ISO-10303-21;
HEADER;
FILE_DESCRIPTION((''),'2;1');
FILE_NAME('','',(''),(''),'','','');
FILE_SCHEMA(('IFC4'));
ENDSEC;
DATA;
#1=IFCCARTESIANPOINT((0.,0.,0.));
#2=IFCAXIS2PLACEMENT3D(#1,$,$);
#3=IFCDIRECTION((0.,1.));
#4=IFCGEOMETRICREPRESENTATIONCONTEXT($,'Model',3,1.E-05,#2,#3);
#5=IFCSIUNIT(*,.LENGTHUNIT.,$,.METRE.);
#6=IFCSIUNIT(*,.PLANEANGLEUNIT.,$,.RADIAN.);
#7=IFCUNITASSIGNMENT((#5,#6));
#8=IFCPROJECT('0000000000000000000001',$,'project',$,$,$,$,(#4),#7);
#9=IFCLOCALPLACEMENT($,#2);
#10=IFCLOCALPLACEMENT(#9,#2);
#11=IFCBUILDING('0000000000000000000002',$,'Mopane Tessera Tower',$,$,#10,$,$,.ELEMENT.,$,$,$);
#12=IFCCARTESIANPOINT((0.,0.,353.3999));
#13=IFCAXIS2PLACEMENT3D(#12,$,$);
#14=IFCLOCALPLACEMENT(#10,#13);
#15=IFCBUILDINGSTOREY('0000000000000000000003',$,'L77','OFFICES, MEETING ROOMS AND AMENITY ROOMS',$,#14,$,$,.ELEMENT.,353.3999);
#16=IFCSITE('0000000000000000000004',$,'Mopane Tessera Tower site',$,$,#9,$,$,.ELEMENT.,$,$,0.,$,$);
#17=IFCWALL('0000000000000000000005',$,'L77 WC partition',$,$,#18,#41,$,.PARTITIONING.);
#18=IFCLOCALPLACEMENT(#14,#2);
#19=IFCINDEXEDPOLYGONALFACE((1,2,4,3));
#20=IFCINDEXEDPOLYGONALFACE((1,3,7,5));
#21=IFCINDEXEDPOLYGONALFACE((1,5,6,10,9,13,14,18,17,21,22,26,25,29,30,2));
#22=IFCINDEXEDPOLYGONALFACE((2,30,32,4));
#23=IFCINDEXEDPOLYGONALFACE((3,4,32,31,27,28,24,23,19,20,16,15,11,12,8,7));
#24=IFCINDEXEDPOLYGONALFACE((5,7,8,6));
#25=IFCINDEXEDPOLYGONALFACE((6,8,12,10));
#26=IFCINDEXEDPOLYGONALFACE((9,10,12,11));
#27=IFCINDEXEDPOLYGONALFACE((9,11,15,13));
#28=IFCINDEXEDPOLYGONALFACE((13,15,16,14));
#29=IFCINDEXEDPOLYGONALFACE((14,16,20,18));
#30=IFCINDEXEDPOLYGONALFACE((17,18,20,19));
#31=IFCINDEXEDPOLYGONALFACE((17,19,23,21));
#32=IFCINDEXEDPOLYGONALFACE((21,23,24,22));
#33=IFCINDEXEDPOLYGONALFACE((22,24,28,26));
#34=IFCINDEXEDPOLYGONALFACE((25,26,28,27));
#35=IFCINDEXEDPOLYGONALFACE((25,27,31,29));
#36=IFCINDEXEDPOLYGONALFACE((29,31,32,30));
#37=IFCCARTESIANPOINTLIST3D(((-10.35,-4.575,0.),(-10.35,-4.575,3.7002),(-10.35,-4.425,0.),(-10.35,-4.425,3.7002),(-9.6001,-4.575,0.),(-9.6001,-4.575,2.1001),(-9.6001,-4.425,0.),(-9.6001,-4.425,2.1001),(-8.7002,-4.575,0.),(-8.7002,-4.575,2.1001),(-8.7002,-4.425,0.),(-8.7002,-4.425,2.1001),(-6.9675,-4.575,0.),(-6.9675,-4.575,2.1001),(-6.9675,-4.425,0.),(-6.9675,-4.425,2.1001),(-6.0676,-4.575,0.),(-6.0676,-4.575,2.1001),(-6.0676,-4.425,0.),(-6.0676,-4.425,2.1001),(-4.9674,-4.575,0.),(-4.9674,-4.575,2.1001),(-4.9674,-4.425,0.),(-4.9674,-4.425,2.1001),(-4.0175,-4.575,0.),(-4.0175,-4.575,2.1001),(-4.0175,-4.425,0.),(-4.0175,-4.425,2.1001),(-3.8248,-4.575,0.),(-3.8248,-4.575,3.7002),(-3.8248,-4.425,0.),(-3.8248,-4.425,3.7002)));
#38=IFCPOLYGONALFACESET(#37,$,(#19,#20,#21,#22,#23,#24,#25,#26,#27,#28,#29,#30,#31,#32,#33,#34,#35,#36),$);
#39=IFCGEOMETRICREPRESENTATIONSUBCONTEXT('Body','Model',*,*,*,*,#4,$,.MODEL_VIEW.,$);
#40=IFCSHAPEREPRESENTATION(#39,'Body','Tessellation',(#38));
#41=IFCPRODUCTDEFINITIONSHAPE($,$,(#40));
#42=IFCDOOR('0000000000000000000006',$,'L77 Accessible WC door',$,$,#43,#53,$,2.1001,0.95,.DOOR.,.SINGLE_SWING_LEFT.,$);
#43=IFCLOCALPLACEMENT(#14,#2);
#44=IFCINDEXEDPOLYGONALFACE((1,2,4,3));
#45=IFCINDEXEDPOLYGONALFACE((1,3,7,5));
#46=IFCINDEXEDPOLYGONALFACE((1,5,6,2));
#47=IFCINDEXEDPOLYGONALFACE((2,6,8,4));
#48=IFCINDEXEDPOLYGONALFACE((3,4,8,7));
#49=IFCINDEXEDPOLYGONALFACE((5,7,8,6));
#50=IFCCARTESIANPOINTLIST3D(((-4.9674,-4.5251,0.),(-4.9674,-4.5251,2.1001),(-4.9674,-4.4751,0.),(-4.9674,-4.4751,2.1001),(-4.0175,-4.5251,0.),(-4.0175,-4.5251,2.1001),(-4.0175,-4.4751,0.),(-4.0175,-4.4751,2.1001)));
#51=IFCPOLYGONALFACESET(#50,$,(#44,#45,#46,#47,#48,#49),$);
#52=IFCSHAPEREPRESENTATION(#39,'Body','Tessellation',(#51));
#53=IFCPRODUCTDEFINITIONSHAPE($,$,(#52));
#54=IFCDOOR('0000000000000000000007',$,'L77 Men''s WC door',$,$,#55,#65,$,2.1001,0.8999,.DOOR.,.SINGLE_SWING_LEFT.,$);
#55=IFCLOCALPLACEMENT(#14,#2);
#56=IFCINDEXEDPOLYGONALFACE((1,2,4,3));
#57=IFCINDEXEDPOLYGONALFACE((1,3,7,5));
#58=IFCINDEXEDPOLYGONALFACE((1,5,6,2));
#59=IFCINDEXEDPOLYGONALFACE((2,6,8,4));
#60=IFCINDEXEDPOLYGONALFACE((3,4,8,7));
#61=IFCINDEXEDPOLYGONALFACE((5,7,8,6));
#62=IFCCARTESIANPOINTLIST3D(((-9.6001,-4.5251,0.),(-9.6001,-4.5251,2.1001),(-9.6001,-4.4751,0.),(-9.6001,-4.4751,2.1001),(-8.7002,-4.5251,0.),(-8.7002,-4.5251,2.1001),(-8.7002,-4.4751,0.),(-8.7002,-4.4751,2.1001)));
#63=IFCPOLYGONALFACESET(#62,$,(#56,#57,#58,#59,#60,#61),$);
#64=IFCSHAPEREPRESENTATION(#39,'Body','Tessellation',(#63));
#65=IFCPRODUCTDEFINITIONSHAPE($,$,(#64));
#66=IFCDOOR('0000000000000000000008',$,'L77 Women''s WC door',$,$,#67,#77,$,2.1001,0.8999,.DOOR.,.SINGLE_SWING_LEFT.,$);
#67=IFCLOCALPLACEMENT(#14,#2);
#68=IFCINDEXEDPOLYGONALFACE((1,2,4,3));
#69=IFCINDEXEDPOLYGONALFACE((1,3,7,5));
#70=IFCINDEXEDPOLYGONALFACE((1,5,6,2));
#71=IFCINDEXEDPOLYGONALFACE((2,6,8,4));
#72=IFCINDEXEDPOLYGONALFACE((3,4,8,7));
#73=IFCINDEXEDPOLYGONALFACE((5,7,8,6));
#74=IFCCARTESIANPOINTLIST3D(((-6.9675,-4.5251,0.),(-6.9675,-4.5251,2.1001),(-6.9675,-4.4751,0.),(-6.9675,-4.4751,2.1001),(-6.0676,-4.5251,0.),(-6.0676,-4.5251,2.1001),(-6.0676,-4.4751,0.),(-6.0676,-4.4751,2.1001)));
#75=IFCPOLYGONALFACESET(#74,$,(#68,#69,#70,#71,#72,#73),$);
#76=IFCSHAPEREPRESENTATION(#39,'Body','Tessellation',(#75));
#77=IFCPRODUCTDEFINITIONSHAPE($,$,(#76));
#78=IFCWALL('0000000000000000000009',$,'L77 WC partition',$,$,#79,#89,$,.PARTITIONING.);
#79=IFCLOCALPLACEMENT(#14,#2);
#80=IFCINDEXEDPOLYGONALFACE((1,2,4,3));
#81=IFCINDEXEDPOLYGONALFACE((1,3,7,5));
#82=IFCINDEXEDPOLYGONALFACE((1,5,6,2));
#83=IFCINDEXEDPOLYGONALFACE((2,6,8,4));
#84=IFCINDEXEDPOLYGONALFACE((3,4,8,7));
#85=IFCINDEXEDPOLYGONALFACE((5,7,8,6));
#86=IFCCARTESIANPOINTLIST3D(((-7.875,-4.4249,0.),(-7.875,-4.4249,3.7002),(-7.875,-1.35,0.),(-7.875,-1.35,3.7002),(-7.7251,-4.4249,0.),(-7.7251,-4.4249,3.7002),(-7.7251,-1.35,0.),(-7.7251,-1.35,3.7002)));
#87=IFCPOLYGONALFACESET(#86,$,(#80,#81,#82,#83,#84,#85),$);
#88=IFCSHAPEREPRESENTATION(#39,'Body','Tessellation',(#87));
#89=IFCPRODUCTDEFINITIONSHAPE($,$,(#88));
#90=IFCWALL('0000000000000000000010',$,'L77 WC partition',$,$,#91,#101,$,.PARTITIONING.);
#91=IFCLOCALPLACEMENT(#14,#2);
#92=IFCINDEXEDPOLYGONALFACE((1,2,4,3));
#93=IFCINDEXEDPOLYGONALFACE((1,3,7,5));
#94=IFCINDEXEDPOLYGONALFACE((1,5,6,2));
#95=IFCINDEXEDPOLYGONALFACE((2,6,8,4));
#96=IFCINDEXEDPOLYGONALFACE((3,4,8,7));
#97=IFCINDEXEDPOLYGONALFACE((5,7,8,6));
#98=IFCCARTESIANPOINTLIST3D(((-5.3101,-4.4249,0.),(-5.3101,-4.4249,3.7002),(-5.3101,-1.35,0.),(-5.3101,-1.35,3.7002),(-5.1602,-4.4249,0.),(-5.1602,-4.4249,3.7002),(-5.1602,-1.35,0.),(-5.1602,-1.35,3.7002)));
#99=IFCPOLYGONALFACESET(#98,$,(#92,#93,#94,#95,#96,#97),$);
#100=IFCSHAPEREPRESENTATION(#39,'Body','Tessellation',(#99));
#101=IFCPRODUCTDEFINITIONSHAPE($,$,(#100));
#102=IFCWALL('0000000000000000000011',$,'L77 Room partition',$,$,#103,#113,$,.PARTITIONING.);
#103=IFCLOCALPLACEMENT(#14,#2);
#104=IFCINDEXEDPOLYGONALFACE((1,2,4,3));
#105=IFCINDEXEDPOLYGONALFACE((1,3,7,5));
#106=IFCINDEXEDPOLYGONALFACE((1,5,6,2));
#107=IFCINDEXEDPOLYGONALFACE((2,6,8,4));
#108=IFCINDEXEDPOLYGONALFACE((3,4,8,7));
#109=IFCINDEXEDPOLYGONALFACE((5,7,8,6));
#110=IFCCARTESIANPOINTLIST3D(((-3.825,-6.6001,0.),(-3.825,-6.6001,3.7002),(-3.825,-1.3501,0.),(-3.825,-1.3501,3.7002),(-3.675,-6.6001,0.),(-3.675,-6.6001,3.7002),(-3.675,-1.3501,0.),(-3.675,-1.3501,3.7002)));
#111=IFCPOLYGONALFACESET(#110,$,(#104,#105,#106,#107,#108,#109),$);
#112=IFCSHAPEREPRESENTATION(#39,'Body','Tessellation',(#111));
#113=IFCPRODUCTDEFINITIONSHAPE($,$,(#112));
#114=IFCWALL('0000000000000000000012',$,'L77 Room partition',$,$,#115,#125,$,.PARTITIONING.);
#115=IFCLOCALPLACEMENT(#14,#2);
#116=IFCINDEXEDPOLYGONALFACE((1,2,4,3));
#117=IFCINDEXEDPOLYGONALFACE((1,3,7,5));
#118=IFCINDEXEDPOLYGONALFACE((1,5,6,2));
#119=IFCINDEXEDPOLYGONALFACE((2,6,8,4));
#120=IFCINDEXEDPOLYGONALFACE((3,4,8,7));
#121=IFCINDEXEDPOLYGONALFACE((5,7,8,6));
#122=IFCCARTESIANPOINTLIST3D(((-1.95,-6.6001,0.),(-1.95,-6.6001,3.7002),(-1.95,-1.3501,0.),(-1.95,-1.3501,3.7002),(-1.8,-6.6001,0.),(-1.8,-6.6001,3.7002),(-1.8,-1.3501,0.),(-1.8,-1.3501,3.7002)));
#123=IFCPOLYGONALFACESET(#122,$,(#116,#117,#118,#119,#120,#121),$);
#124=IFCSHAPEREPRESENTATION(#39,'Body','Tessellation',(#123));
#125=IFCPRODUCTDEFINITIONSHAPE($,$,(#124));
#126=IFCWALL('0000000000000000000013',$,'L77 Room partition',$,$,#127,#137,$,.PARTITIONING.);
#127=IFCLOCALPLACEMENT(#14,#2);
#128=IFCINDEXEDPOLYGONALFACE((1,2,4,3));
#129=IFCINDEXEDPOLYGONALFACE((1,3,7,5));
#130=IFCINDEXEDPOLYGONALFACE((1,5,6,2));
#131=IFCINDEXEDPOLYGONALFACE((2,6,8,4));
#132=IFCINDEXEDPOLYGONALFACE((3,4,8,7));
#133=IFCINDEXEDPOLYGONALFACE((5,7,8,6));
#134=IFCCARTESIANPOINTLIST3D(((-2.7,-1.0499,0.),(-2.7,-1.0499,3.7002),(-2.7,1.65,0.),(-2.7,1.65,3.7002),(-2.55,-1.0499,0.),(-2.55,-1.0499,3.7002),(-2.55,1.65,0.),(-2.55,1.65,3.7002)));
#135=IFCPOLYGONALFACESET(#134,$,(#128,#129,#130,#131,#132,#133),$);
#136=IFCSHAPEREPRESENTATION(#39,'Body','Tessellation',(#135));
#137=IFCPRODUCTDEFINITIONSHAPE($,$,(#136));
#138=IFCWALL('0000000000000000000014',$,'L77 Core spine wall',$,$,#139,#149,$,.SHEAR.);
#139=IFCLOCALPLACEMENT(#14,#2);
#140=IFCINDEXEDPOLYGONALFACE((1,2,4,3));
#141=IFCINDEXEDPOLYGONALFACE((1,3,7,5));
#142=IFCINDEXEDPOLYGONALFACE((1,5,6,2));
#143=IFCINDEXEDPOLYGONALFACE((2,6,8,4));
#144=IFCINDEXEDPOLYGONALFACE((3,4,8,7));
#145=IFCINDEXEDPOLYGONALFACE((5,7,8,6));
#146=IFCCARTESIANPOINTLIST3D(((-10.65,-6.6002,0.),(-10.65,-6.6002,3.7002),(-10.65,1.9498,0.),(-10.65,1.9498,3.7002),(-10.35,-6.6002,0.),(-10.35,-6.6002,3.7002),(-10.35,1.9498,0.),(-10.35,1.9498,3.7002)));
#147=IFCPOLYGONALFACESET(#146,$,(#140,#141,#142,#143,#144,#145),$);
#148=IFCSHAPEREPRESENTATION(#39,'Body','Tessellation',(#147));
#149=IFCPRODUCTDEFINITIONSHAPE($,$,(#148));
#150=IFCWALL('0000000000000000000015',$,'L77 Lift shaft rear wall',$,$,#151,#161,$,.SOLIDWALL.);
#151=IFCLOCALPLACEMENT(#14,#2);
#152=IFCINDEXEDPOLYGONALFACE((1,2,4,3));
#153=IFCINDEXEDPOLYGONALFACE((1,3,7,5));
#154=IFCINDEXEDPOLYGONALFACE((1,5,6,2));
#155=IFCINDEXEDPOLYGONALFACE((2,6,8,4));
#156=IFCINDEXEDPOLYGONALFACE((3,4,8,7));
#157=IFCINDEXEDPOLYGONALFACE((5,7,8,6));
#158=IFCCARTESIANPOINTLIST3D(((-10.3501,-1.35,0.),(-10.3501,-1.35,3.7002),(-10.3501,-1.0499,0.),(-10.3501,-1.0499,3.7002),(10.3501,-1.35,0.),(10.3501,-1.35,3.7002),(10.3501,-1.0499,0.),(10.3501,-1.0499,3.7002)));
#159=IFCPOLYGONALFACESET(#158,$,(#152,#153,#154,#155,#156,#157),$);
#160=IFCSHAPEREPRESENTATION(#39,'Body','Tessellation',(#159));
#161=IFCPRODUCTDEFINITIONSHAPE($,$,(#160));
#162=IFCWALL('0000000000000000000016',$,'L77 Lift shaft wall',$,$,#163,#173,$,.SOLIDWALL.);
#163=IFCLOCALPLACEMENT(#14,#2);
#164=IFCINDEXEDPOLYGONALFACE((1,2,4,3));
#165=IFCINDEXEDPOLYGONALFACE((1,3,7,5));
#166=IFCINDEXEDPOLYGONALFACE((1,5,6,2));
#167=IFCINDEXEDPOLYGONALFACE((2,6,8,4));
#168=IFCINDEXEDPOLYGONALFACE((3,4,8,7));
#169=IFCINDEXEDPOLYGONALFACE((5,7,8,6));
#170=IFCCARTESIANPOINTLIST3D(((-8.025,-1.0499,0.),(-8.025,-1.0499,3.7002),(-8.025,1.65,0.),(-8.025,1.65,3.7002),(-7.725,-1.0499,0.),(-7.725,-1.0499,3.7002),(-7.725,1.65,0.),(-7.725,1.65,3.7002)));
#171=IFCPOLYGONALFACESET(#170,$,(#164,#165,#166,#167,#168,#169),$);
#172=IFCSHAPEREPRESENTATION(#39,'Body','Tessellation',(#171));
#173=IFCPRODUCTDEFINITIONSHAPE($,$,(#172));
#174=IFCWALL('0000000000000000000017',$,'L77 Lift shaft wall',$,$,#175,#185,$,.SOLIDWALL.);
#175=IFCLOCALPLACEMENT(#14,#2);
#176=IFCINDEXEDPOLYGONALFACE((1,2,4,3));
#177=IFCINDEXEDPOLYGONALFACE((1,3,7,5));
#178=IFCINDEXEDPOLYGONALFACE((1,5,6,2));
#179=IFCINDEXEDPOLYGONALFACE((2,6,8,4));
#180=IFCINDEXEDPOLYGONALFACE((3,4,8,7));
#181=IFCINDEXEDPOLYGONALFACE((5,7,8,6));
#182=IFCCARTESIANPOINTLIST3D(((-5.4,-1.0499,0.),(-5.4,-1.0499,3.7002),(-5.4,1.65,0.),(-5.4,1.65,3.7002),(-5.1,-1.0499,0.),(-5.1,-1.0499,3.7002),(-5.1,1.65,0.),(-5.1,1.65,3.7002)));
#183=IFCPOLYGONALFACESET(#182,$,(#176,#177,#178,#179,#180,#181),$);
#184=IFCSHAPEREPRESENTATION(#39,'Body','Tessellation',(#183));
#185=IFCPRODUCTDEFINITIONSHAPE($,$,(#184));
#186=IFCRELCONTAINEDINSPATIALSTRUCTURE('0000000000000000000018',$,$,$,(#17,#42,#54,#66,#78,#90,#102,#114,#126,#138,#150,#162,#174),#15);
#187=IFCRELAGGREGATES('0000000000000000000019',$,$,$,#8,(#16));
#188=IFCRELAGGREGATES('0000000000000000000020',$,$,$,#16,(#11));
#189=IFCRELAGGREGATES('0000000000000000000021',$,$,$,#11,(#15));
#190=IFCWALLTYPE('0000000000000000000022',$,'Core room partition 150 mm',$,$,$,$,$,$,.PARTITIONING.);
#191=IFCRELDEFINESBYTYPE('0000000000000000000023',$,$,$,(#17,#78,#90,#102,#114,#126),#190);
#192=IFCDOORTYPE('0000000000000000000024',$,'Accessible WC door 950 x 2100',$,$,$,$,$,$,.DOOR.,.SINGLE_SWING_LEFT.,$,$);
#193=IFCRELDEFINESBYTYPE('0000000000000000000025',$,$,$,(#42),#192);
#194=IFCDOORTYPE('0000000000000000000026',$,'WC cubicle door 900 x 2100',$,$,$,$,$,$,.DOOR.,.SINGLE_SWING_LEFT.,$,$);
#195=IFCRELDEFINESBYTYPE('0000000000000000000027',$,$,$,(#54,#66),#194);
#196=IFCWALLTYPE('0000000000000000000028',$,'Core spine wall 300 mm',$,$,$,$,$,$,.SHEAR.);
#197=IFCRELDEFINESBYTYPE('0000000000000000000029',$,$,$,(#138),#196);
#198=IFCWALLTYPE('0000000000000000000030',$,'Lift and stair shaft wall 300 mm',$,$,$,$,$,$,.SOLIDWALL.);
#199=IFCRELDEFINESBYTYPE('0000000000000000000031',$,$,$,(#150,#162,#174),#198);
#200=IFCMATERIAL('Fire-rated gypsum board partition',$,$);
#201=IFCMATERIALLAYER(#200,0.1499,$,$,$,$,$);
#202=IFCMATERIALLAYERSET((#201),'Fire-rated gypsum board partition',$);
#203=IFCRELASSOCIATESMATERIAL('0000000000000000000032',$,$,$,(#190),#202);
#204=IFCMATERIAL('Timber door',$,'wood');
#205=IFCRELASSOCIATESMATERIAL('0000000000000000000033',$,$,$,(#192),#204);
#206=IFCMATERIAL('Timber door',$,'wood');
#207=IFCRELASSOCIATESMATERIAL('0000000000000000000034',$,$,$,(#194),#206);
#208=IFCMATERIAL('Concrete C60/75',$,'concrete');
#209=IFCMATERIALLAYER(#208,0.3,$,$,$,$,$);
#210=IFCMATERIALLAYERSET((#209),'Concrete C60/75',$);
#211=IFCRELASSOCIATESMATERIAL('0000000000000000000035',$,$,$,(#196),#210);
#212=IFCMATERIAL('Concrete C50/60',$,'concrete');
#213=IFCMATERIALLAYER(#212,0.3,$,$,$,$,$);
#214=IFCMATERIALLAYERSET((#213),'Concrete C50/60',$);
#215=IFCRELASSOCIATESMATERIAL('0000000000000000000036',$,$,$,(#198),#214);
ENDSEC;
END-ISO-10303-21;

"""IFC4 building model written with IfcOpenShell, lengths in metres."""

from ifc_helpers import new_model, si_unit, direction, frame, frame_2d, origin, place, context, subcontext, project, spatial, rectangle, extrude, material, layer, layer_set, type_object, element, fill, save


model = new_model("IFC4")

# Units and contexts
model_context = context("Model", 3, precision=1e-05, world=origin(), true_north=direction((0.0, 1.0)))
body_context = subcontext(model_context, "Body", "Model", "MODEL_VIEW")
ifc_project = project(units=[si_unit("LENGTHUNIT", "METRE"), si_unit("PLANEANGLEUNIT", "RADIAN")], contexts=[model_context])

# Site, building, storey
site_placement = place(None, origin())
site = spatial("IfcSite", under=ifc_project, at=site_placement, Name="Mopane Tessera Tower site", CompositionType="ELEMENT", RefElevation=0.0)
building_placement = place(site_placement, origin())
building = spatial("IfcBuilding", under=site, at=building_placement, Name="Mopane Tessera Tower", CompositionType="ELEMENT")
storey_placement = place(building_placement, frame((0.0, 0.0, 353.3999)))
storey = spatial("IfcBuildingStorey", under=building, at=storey_placement, Name="L77", Description="OFFICES, MEETING ROOMS AND AMENITY ROOMS", CompositionType="ELEMENT", Elevation=353.3999)

# Wall, openings, doors
ifc_material_1 = material(Name="Fire-rated gypsum board partition")
ifc_layer_1 = layer(ifc_material_1, 0.1499)
ifc_layer_set_1 = layer_set([ifc_layer_1], Name="Fire-rated gypsum board partition")
wall_type_1 = type_object("IfcWallType", Name="Core room partition 150 mm", PredefinedType="PARTITIONING", material=ifc_layer_set_1)
wall_1_placement = place(storey_placement, frame((-10.3501, -4.5, 0.0), z_axis=(0.0, 0.0, 1.0), x_axis=(1.0, 0.0, 0.0)))
wall_1 = element("IfcWall", 1, at=wall_1_placement, inside=storey, type_object=wall_type_1, Name="L77 WC partition", PredefinedType="PARTITIONING", context=body_context, shape_type="SweptSolid", body=[
    extrude(rectangle(XDim=6.5251, YDim=0.1499, at=frame_2d((3.2627, 0.0))), origin(), (0.0, 0.0, 1.0), 3.7002),
])
opening_1_placement = place(wall_1_placement, frame((0.75, 0.0, 0.0)))
opening_1 = element("IfcOpeningElement", 2, at=opening_1_placement, cuts=wall_1, PredefinedType="OPENING", context=body_context, shape_type="SweptSolid", body=[
    extrude(rectangle(XDim=0.8999, YDim=2.1001, at=frame_2d((0.45, 1.05))), frame((0.0, 0.0869, 0.0), z_axis=(0.0, -1.0, 0.0), x_axis=(1.0, 0.0, 0.0)), (0.0, 0.0, 1.0), 0.1738),
])
opening_2_placement = place(wall_1_placement, frame((3.3826, 0.0, 0.0)))
opening_2 = element("IfcOpeningElement", 3, at=opening_2_placement, cuts=wall_1, PredefinedType="OPENING", context=body_context, shape_type="SweptSolid", body=[
    extrude(rectangle(XDim=0.8999, YDim=2.1001, at=frame_2d((0.45, 1.05))), frame((0.0, 0.0869, 0.0), z_axis=(0.0, -1.0, 0.0), x_axis=(1.0, 0.0, 0.0)), (0.0, 0.0, 1.0), 0.1738),
])
opening_3_placement = place(wall_1_placement, frame((5.3826, 0.0, 0.0)))
opening_3 = element("IfcOpeningElement", 4, at=opening_3_placement, cuts=wall_1, PredefinedType="OPENING", context=body_context, shape_type="SweptSolid", body=[
    extrude(rectangle(XDim=0.95, YDim=2.1001, at=frame_2d((0.4751, 1.05))), frame((0.0, 0.0869, 0.0), z_axis=(0.0, -1.0, 0.0), x_axis=(1.0, 0.0, 0.0)), (0.0, 0.0, 1.0), 0.1738),
])
ifc_material_2 = material(Name="Timber door", Category="wood")
door_type_1 = type_object("IfcDoorType", Name="Accessible WC door 950 x 2100", OperationType="SINGLE_SWING_LEFT", PredefinedType="DOOR", material=ifc_material_2)
door_1_placement = place(opening_3_placement, origin())
door_1 = element("IfcDoor", 5, at=door_1_placement, inside=storey, type_object=door_type_1, Name="L77 Accessible WC door", OperationType="SINGLE_SWING_LEFT", OverallHeight=2.1001, OverallWidth=0.95, PredefinedType="DOOR", context=body_context, shape_type="SweptSolid", body=[
    extrude(rectangle(XDim=0.95, YDim=2.1001, at=frame_2d((0.4751, 1.05))), frame((0.0, 0.0249, 0.0), z_axis=(0.0, -1.0, 0.0), x_axis=(1.0, 0.0, 0.0)), (0.0, 0.0, 1.0), 0.05),
])
fill(opening_3, door_1)
ifc_material_3 = material(Name="Timber door", Category="wood")
door_type_2 = type_object("IfcDoorType", Name="WC cubicle door 900 x 2100", OperationType="SINGLE_SWING_LEFT", PredefinedType="DOOR", material=ifc_material_3)
door_2_placement = place(opening_1_placement, origin())
door_2 = element("IfcDoor", 6, at=door_2_placement, inside=storey, type_object=door_type_2, Name="L77 Men's WC door", OperationType="SINGLE_SWING_LEFT", OverallHeight=2.1001, OverallWidth=0.8999, PredefinedType="DOOR", context=body_context, shape_type="SweptSolid", body=[
    extrude(rectangle(XDim=0.8999, YDim=2.1001, at=frame_2d((0.45, 1.05))), frame((0.0, 0.0249, 0.0), z_axis=(0.0, -1.0, 0.0), x_axis=(1.0, 0.0, 0.0)), (0.0, 0.0, 1.0), 0.05),
])
fill(opening_1, door_2)
door_3_placement = place(opening_2_placement, origin())
door_3 = element("IfcDoor", 7, at=door_3_placement, inside=storey, type_object=door_type_2, Name="L77 Women's WC door", OperationType="SINGLE_SWING_LEFT", OverallHeight=2.1001, OverallWidth=0.8999, PredefinedType="DOOR", context=body_context, shape_type="SweptSolid", body=[
    extrude(rectangle(XDim=0.8999, YDim=2.1001, at=frame_2d((0.45, 1.05))), frame((0.0, 0.0249, 0.0), z_axis=(0.0, -1.0, 0.0), x_axis=(1.0, 0.0, 0.0)), (0.0, 0.0, 1.0), 0.05),
])
fill(opening_2, door_3)

# Walls
for number, where, z_axis, x_axis, name in (
    (8, (-7.8, -4.425, 0.0), (0.0, 0.0, 1.0), (0.0, 1.0, 0.0), "L77 WC partition"),
    (9, (-5.2351, -4.425, 0.0), (0.0, 0.0, 1.0), (0.0, 1.0, 0.0), "L77 WC partition"),
):
    element("IfcWall", number, at=place(storey_placement, frame(where, z_axis=z_axis, x_axis=x_axis)), inside=storey, type_object=wall_type_1, Name=name, PredefinedType="PARTITIONING", context=body_context, shape_type="SweptSolid", body=[
        extrude(rectangle(XDim=3.075, YDim=0.1499, at=frame_2d((1.5376, 0.0))), origin(), (0.0, 0.0, 1.0), 3.7002),
    ])
for number, where, z_axis, x_axis, name in (
    (10, (-3.75, -6.6001, 0.0), (0.0, 0.0, 1.0), (0.0, 1.0, 0.0), "L77 Room partition"),
    (11, (-1.875, -6.6001, 0.0), (0.0, 0.0, 1.0), (0.0, 1.0, 0.0), "L77 Room partition"),
):
    element("IfcWall", number, at=place(storey_placement, frame(where, z_axis=z_axis, x_axis=x_axis)), inside=storey, type_object=wall_type_1, Name=name, PredefinedType="PARTITIONING", context=body_context, shape_type="SweptSolid", body=[
        extrude(rectangle(XDim=5.25, YDim=0.1499, at=frame_2d((2.625, 0.0))), origin(), (0.0, 0.0, 1.0), 3.7002),
    ])
wall_2_placement = place(storey_placement, frame((-2.625, -1.05, 0.0), z_axis=(0.0, 0.0, 1.0), x_axis=(0.0, 1.0, 0.0)))
element("IfcWall", 12, at=wall_2_placement, inside=storey, type_object=wall_type_1, Name="L77 Room partition", PredefinedType="PARTITIONING", context=body_context, shape_type="SweptSolid", body=[
    extrude(rectangle(XDim=2.7, YDim=0.1499, at=frame_2d((1.3501, 0.0))), origin(), (0.0, 0.0, 1.0), 3.7002),
])
ifc_material_4 = material(Name="Concrete C60/75", Category="concrete")
ifc_layer_2 = layer(ifc_material_4, 0.3)
ifc_layer_set_2 = layer_set([ifc_layer_2], Name="Concrete C60/75")
wall_type_2 = type_object("IfcWallType", Name="Core spine wall 300 mm", PredefinedType="SHEAR", material=ifc_layer_set_2)
wall_3_placement = place(storey_placement, frame((-10.5, -6.6001, 0.0), z_axis=(0.0, 0.0, 1.0), x_axis=(0.0, 1.0, 0.0)))
element("IfcWall", 13, at=wall_3_placement, inside=storey, type_object=wall_type_2, Name="L77 Core spine wall", PredefinedType="SHEAR", context=body_context, shape_type="SweptSolid", body=[
    extrude(rectangle(XDim=8.55, YDim=0.3, at=frame_2d((4.2749, 0.0))), origin(), (0.0, 0.0, 1.0), 3.7002),
])
ifc_material_5 = material(Name="Concrete C50/60", Category="concrete")
ifc_layer_3 = layer(ifc_material_5, 0.3)
ifc_layer_set_3 = layer_set([ifc_layer_3], Name="Concrete C50/60")
wall_type_3 = type_object("IfcWallType", Name="Lift and stair shaft wall 300 mm", PredefinedType="SOLIDWALL", material=ifc_layer_set_3)
wall_4_placement = place(storey_placement, frame((-10.3501, -1.2, 0.0), z_axis=(0.0, 0.0, 1.0), x_axis=(1.0, 0.0, 0.0)))
element("IfcWall", 14, at=wall_4_placement, inside=storey, type_object=wall_type_3, Name="L77 Lift shaft rear wall", PredefinedType="SOLIDWALL", context=body_context, shape_type="SweptSolid", body=[
    extrude(rectangle(XDim=20.7002, YDim=0.3, at=frame_2d((10.3501, 0.0))), origin(), (0.0, 0.0, 1.0), 3.7002),
])
for number, where, z_axis, x_axis, name in (
    (15, (-7.875, -1.05, 0.0), (0.0, 0.0, 1.0), (0.0, 1.0, 0.0), "L77 Lift shaft wall"),
    (16, (-5.25, -1.05, 0.0), (0.0, 0.0, 1.0), (0.0, 1.0, 0.0), "L77 Lift shaft wall"),
):
    element("IfcWall", number, at=place(storey_placement, frame(where, z_axis=z_axis, x_axis=x_axis)), inside=storey, type_object=wall_type_3, Name=name, PredefinedType="SOLIDWALL", context=body_context, shape_type="SweptSolid", body=[
        extrude(rectangle(XDim=2.7, YDim=0.3, at=frame_2d((1.3501, 0.0))), origin(), (0.0, 0.0, 1.0), 3.7002),
    ])

save(model, "model.ifc")
